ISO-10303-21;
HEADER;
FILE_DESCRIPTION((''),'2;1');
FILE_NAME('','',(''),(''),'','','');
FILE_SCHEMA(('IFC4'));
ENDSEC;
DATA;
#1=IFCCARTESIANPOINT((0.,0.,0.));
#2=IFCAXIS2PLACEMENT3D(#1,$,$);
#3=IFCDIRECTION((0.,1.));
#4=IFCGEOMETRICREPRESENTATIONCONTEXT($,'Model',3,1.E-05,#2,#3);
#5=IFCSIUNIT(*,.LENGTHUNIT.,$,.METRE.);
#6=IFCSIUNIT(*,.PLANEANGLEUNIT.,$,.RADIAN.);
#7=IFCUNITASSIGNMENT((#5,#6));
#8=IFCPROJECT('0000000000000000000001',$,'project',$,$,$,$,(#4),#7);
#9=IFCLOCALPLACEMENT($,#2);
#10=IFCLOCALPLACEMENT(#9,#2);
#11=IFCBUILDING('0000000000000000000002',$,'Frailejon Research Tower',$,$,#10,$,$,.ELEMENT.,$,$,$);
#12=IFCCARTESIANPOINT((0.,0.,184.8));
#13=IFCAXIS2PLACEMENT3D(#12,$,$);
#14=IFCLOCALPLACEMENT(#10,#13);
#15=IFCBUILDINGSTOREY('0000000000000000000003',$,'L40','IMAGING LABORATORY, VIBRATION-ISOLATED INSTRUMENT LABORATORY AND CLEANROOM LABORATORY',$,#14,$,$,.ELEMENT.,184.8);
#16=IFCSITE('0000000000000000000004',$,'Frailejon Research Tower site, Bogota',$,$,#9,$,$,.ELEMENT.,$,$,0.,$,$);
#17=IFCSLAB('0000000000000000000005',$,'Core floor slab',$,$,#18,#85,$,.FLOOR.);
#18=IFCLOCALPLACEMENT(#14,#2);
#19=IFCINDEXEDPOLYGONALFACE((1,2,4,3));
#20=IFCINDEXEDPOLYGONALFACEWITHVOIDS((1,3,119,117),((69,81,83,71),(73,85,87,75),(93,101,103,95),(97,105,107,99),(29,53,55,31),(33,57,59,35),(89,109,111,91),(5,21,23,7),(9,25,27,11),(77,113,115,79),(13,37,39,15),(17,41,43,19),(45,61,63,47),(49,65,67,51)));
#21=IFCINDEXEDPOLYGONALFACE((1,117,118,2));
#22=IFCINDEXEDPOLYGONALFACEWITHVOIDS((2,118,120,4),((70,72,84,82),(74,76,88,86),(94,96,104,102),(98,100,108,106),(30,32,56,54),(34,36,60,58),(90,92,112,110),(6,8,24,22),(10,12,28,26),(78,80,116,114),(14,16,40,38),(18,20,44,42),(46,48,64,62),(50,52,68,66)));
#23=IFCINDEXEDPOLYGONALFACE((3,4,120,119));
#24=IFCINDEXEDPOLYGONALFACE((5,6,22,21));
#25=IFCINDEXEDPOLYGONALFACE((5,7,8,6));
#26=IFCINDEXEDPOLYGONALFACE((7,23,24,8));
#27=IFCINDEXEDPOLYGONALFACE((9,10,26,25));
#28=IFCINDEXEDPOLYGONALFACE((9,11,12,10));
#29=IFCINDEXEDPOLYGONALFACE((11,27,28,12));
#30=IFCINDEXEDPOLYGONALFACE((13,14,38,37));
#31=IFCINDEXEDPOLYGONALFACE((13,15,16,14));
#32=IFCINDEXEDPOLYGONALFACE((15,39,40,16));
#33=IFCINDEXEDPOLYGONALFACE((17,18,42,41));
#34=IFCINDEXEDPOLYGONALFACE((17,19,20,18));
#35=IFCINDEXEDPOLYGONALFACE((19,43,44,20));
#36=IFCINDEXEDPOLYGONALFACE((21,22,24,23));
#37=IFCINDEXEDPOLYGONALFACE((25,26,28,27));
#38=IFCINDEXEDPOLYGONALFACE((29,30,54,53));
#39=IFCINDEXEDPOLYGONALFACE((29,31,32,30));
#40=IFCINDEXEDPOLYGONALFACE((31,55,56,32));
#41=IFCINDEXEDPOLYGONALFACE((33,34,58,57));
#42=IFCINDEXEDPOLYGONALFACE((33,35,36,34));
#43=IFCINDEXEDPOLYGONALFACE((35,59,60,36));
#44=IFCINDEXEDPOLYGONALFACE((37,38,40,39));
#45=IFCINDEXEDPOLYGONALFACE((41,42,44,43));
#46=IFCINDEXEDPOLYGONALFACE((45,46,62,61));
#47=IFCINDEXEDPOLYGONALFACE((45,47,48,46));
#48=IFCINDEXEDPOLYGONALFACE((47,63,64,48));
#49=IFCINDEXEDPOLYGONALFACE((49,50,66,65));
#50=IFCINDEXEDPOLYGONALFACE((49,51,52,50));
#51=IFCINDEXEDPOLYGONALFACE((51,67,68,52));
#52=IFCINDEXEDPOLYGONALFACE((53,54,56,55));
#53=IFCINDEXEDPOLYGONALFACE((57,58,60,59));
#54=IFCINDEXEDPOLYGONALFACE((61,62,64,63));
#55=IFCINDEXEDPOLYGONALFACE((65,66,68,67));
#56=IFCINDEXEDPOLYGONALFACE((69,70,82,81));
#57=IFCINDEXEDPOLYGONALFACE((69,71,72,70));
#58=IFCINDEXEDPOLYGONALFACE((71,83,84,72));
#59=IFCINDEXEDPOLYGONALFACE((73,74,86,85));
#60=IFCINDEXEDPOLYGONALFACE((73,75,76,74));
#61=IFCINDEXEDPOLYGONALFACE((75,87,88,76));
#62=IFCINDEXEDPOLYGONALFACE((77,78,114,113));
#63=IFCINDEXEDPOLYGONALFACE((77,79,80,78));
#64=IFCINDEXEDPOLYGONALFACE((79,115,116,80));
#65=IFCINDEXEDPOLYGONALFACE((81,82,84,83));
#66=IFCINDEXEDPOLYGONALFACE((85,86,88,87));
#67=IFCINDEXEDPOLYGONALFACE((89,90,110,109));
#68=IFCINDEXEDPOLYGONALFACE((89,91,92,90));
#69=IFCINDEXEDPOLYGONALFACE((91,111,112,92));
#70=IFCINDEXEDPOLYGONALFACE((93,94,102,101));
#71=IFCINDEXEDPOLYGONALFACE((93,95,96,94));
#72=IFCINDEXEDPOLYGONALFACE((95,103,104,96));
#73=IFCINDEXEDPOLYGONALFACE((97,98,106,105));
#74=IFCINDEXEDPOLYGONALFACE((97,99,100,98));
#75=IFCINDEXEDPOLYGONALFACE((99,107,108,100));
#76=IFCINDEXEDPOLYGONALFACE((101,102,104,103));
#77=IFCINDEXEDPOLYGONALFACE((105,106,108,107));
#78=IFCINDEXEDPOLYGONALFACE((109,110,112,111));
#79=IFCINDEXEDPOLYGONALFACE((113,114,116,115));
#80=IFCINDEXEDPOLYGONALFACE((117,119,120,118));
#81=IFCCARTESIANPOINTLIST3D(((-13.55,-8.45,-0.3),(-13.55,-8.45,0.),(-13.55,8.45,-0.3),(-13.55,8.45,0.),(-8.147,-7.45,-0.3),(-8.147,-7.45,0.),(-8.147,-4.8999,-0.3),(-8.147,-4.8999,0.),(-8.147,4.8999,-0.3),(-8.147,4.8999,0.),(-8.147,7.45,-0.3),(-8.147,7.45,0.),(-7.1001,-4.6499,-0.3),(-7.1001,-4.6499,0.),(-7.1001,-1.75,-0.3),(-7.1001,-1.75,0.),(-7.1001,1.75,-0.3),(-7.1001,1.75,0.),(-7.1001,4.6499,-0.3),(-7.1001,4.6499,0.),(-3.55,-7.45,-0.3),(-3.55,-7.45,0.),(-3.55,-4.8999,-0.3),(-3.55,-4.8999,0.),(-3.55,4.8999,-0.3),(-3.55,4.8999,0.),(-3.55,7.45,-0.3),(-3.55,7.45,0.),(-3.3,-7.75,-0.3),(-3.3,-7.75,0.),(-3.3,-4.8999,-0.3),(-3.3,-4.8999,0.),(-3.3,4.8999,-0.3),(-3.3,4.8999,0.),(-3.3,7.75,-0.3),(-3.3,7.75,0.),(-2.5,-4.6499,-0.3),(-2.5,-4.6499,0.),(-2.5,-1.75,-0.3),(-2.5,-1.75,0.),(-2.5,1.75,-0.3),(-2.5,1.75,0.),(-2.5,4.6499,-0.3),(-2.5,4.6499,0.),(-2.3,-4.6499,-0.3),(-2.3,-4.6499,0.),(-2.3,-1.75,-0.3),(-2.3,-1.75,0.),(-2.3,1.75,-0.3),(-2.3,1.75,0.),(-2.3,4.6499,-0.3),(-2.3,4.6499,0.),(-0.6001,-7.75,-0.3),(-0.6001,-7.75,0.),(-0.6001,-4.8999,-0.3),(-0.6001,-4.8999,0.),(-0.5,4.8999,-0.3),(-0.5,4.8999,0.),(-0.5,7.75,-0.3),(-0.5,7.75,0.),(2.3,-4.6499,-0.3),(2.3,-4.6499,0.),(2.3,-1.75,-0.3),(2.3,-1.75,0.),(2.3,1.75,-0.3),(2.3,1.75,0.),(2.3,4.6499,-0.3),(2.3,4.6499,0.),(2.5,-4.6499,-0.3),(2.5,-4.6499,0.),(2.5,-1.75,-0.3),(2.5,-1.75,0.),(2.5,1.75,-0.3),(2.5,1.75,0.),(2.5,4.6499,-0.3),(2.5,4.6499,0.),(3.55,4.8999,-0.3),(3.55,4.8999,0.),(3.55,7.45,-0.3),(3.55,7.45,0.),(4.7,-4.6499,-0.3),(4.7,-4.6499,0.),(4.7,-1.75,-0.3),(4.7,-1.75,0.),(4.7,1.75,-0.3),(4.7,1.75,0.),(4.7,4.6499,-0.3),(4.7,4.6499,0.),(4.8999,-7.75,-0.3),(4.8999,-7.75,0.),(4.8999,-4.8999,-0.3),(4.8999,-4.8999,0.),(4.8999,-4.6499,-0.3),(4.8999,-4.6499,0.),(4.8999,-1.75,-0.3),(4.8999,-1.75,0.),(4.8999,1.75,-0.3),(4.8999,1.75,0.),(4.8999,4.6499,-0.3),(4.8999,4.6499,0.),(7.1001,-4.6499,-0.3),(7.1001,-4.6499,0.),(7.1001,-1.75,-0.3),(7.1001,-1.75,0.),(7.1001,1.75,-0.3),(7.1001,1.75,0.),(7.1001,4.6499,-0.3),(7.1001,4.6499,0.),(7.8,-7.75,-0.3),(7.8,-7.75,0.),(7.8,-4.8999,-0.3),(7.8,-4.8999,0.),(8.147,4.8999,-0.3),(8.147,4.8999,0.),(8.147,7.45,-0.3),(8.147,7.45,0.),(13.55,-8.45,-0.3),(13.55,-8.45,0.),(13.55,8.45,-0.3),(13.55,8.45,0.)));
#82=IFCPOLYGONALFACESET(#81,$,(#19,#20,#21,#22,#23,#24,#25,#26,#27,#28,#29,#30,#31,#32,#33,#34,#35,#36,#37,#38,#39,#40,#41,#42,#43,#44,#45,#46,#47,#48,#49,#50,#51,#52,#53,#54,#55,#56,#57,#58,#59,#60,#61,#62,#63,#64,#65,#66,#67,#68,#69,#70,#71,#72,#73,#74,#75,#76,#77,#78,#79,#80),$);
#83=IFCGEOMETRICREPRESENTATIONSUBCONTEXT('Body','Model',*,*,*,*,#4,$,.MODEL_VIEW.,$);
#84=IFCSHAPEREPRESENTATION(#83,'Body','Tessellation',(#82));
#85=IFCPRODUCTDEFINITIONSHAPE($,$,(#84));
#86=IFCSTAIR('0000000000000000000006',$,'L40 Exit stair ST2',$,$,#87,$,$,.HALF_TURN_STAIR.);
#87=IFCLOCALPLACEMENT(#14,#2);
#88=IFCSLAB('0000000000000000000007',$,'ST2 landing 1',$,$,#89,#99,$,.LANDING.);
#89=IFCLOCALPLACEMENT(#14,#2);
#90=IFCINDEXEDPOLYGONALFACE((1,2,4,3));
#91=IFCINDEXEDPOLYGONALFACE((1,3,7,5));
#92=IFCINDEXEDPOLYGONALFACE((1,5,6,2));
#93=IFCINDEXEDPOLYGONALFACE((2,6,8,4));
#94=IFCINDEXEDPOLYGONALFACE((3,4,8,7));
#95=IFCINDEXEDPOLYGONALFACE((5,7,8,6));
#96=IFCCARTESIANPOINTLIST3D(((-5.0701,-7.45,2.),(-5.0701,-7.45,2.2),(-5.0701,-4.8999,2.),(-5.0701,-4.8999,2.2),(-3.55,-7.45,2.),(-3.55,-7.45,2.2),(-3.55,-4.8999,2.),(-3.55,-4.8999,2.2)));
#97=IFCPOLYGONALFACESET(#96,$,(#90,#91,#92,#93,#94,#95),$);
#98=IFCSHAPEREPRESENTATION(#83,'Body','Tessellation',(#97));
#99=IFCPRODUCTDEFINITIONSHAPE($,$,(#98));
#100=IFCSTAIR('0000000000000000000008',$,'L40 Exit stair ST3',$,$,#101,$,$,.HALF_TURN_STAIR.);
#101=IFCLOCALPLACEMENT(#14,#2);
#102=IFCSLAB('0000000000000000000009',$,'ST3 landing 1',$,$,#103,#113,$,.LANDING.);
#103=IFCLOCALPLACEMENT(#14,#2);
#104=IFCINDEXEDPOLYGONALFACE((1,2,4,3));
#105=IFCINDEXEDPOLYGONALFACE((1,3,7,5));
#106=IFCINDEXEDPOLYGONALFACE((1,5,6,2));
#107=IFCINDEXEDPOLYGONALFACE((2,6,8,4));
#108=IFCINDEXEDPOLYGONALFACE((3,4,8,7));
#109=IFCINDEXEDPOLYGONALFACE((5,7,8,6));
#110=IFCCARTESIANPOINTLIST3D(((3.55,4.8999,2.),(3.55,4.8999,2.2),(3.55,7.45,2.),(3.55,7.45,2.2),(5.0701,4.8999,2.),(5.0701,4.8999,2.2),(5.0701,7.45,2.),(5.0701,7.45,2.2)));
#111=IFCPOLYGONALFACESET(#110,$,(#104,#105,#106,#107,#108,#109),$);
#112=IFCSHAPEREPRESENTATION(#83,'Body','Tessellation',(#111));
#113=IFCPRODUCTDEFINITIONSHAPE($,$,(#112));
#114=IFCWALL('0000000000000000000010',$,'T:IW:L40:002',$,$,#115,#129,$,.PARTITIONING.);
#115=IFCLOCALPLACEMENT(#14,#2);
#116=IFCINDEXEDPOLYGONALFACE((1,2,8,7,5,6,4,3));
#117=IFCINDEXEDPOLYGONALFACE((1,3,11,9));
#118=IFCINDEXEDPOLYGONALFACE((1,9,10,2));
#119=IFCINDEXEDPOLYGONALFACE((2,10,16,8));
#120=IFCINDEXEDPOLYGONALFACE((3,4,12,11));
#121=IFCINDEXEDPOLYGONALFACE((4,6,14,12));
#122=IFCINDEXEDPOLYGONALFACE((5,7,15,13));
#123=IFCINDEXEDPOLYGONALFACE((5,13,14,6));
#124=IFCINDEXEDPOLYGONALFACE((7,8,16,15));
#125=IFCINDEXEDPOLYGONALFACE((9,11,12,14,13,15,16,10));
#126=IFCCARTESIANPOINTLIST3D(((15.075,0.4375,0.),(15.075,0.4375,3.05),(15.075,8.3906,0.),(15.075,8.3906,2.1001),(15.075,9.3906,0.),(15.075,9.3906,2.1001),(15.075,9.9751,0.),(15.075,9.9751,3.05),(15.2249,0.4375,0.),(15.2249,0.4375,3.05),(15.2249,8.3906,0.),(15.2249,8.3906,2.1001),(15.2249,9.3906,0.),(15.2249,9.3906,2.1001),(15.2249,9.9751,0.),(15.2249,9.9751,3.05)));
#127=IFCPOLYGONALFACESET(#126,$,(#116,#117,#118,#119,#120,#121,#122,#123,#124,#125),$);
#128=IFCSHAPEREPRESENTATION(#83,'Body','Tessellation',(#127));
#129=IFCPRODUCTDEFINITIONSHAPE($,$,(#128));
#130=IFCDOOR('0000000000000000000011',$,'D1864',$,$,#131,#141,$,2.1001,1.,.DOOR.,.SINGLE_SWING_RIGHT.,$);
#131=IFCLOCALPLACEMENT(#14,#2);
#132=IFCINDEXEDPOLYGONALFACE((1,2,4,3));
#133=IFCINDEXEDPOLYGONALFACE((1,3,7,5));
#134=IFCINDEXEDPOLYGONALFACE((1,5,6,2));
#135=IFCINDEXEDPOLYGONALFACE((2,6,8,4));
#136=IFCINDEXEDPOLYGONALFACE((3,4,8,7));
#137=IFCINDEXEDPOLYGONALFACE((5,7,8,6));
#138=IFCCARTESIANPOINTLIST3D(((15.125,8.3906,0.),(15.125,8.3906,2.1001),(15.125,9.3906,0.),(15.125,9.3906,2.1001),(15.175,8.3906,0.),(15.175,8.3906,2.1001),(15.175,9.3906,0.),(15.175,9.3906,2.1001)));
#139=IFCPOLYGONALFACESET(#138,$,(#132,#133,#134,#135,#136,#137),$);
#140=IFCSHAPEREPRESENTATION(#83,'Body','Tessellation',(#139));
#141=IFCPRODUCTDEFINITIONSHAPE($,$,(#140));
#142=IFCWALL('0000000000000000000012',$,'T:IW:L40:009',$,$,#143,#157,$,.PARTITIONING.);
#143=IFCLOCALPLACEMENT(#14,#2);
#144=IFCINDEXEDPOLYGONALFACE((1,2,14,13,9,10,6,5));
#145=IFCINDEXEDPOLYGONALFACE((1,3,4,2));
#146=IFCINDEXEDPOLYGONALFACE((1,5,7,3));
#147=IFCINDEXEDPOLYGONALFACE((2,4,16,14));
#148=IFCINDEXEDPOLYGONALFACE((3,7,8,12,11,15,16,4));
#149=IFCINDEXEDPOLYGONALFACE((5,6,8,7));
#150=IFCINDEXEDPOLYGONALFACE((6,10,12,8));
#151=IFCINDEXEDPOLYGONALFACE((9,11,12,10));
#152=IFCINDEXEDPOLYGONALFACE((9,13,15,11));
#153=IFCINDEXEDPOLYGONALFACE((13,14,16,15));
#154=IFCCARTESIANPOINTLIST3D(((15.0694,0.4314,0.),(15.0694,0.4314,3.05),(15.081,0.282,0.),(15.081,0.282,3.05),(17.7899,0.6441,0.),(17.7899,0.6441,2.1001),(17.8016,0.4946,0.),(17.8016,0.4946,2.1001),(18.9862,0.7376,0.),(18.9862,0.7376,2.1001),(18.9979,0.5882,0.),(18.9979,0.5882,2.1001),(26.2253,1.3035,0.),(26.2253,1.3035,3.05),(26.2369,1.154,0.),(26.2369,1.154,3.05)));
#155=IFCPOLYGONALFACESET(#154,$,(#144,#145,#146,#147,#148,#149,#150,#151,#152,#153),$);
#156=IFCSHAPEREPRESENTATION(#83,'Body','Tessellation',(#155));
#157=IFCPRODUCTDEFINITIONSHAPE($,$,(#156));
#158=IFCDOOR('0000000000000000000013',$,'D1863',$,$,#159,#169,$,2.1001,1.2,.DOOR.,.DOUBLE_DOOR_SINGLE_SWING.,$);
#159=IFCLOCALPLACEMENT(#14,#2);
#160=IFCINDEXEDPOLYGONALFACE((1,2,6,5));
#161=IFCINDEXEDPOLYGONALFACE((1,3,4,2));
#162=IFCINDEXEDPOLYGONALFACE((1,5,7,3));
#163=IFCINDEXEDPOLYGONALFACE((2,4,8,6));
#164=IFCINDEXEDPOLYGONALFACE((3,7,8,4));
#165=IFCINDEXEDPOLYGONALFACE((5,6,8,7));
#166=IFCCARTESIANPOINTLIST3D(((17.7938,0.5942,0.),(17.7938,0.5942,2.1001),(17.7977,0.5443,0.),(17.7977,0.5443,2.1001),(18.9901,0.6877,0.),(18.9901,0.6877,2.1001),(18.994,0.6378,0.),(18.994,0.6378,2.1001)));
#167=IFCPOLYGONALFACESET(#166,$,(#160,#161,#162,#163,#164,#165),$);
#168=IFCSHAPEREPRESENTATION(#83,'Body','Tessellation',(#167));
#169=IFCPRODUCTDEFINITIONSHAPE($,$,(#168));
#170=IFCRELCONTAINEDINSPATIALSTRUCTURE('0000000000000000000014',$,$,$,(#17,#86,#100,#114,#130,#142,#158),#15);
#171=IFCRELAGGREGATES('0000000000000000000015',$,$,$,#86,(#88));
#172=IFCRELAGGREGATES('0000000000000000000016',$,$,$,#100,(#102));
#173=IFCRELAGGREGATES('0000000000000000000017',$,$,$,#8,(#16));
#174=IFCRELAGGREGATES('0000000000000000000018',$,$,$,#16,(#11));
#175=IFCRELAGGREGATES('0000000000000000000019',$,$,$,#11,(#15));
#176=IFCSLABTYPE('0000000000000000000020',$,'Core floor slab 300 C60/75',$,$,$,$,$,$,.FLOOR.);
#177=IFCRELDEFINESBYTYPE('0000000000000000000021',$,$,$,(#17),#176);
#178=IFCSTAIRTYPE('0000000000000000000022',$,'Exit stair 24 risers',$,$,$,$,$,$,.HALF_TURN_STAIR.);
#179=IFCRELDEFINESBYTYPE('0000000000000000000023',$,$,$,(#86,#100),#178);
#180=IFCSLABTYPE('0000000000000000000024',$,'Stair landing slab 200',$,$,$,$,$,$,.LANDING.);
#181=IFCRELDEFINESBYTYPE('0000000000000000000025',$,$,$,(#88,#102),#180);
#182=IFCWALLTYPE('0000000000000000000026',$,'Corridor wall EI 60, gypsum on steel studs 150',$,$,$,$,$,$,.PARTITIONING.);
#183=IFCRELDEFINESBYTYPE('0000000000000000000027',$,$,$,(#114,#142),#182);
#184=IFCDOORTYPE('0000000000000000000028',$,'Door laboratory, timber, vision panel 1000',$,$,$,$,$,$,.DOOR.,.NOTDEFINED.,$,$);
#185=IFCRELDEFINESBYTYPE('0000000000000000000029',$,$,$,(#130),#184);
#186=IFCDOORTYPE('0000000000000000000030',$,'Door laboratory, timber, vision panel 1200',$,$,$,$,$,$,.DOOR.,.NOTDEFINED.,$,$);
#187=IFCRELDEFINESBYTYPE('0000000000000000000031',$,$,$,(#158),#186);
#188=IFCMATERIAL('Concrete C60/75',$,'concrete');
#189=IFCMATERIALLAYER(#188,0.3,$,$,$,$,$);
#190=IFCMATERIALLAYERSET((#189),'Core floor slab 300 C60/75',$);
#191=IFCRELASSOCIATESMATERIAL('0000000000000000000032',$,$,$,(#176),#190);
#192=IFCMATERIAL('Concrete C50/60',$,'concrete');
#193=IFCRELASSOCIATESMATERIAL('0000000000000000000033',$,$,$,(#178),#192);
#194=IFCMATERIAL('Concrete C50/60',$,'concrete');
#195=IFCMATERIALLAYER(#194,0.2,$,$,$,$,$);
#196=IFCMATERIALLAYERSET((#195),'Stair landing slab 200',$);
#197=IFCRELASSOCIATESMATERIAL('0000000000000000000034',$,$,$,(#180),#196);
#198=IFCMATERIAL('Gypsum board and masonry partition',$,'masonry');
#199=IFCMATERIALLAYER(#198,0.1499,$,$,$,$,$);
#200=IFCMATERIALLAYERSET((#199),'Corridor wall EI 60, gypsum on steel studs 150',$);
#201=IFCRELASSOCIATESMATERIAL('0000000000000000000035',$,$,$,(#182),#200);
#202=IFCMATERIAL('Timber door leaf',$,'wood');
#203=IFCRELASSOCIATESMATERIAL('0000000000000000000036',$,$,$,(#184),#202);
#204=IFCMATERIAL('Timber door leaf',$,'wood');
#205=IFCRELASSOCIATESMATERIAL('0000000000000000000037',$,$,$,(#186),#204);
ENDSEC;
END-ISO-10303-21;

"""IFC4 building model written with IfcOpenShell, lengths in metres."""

from ifc_helpers import new_model, si_unit, direction, frame, frame_2d, origin, place, context, subcontext, project, spatial, polyline, rectangle, outline, extrude, material, layer, layer_set, type_object, element, fill, aggregate, save


model = new_model("IFC4")

# Units and contexts
model_context = context("Model", 3, precision=1e-05, world=origin(), true_north=direction((0.0, 1.0)))
body_context = subcontext(model_context, "Body", "Model", "MODEL_VIEW")
ifc_project = project(units=[si_unit("LENGTHUNIT", "METRE"), si_unit("PLANEANGLEUNIT", "RADIAN")], contexts=[model_context])

# Site, building, storey
site_placement = place(None, origin())
site = spatial("IfcSite", under=ifc_project, at=site_placement, Name="Frailejon Research Tower site, Bogota", CompositionType="ELEMENT", RefElevation=0.0)
building_placement = place(site_placement, origin())
building = spatial("IfcBuilding", under=site, at=building_placement, Name="Frailejon Research Tower", CompositionType="ELEMENT")
storey_placement = place(building_placement, frame((0.0, 0.0, 184.8)))
storey = spatial("IfcBuildingStorey", under=building, at=storey_placement, Name="L40", Description="IMAGING LABORATORY, VIBRATION-ISOLATED INSTRUMENT LABORATORY AND CLEANROOM LABORATORY", CompositionType="ELEMENT", Elevation=184.8)

# Slab
ifc_material_1 = material(Name="Concrete C60/75", Category="concrete")
ifc_layer_1 = layer(ifc_material_1, 0.3)
ifc_layer_set_1 = layer_set([ifc_layer_1], Name="Core floor slab 300 C60/75")
slab_type_1 = type_object("IfcSlabType", Name="Core floor slab 300 C60/75", PredefinedType="FLOOR", material=ifc_layer_set_1)
slab_1_placement = place(storey_placement, frame((0.0, 0.0, -0.3)))
element("IfcSlab", 1, at=slab_1_placement, inside=storey, type_object=slab_type_1, Name="Core floor slab", PredefinedType="FLOOR", context=body_context, shape_type="SweptSolid", body=[
    extrude(outline(polyline([(13.55, -8.45), (13.55, 8.45), (-13.55, 8.45), (-13.55, -8.45), (13.55, -8.45)]), holes=[polyline([(-2.5, 1.75), (-2.5, 4.6499), (-7.1001, 4.6499), (-7.1001, 1.75), (-2.5, 1.75)]), polyline([(2.3, 1.75), (2.3, 4.6499), (-2.3, 4.6499), (-2.3, 1.75), (2.3, 1.75)]), polyline([(4.7, 1.75), (4.7, 4.6499), (2.5, 4.6499), (2.5, 1.75), (4.7, 1.75)]), polyline([(7.1001, 1.75), (7.1001, 4.6499), (4.8999, 4.6499), (4.8999, 1.75), (7.1001, 1.75)]), polyline([(-2.5, -4.6499), (-2.5, -1.75), (-7.1001, -1.75), (-7.1001, -4.6499), (-2.5, -4.6499)]), polyline([(2.3, -4.6499), (2.3, -1.75), (-2.3, -1.75), (-2.3, -4.6499), (2.3, -4.6499)]), polyline([(4.7, -4.6499), (4.7, -1.75), (2.5, -1.75), (2.5, -4.6499), (4.7, -4.6499)]), polyline([(7.1001, -4.6499), (7.1001, -1.75), (4.8999, -1.75), (4.8999, -4.6499), (7.1001, -4.6499)]), polyline([(-8.147, 4.8999), (-3.55, 4.8999), (-3.55, 7.45), (-8.147, 7.45), (-8.147, 4.8999)]), polyline([(-8.147, -7.45), (-3.55, -7.45), (-3.55, -4.8999), (-8.147, -4.8999), (-8.147, -7.45)]), polyline([(8.147, 7.45), (3.55, 7.45), (3.55, 4.8999), (8.147, 4.8999), (8.147, 7.45)]), polyline([(-0.6001, -7.75), (-0.6001, -4.8999), (-3.3, -4.8999), (-3.3, -7.75), (-0.6001, -7.75)]), polyline([(7.8, -7.75), (7.8, -4.8999), (4.8999, -4.8999), (4.8999, -7.75), (7.8, -7.75)]), polyline([(-0.5, 4.8999), (-0.5, 7.75), (-3.3, 7.75), (-3.3, 4.8999), (-0.5, 4.8999)])]), origin(), (0.0, 0.0, 1.0), 0.3),
])

# Stairs, slabs
ifc_material_2 = material(Name="Concrete C50/60", Category="concrete")
stair_type = type_object("IfcStairType", Name="Exit stair 24 risers", PredefinedType="HALF_TURN_STAIR", material=ifc_material_2)
stair_1_placement = place(storey_placement, origin())
stair_1 = element("IfcStair", 2, at=stair_1_placement, inside=storey, type_object=stair_type, Name="L40 Exit stair ST2", PredefinedType="HALF_TURN_STAIR")
ifc_material_3 = material(Name="Concrete C50/60", Category="concrete")
ifc_layer_2 = layer(ifc_material_3, 0.2)
ifc_layer_set_2 = layer_set([ifc_layer_2], Name="Stair landing slab 200")
slab_type_2 = type_object("IfcSlabType", Name="Stair landing slab 200", PredefinedType="LANDING", material=ifc_layer_set_2)
slab_2_placement = place(storey_placement, frame((0.0, 0.0, 2.0)))
slab_2 = element("IfcSlab", 3, at=slab_2_placement, type_object=slab_type_2, Name="ST2 landing 1", PredefinedType="LANDING", context=body_context, shape_type="SweptSolid", body=[
    extrude(outline(polyline([(-5.0701, -7.45), (-3.55, -7.45), (-3.55, -4.8999), (-5.0701, -4.8999), (-5.0701, -7.45)])), origin(), (0.0, 0.0, 1.0), 0.2),
])
aggregate(stair_1, [slab_2])
stair_2_placement = place(storey_placement, origin())
stair_2 = element("IfcStair", 4, at=stair_2_placement, inside=storey, type_object=stair_type, Name="L40 Exit stair ST3", PredefinedType="HALF_TURN_STAIR")
slab_3_placement = place(storey_placement, frame((0.0, 0.0, 2.0)))
slab_3 = element("IfcSlab", 5, at=slab_3_placement, type_object=slab_type_2, Name="ST3 landing 1", PredefinedType="LANDING", context=body_context, shape_type="SweptSolid", body=[
    extrude(outline(polyline([(5.0701, 7.45), (3.55, 7.45), (3.55, 4.8999), (5.0701, 4.8999), (5.0701, 7.45)])), origin(), (0.0, 0.0, 1.0), 0.2),
])

# Walls, openings, doors
ifc_material_4 = material(Name="Gypsum board and masonry partition", Category="masonry")
ifc_layer_3 = layer(ifc_material_4, 0.1499)
ifc_layer_set_3 = layer_set([ifc_layer_3], Name="Corridor wall EI 60, gypsum on steel studs 150")
wall_type_1 = type_object("IfcWallType", Name="Corridor wall EI 60, gypsum on steel studs 150", PredefinedType="PARTITIONING", material=ifc_layer_set_3)
wall_1_placement = place(storey_placement, frame((15.1499, 0.4375, 0.0), z_axis=(0.0, 0.0, 1.0), x_axis=(0.0, 1.0, 0.0)))
wall_1 = element("IfcWall", 6, at=wall_1_placement, inside=storey, type_object=wall_type_1, Name="T:IW:L40:002", PredefinedType="PARTITIONING", context=body_context, shape_type="SweptSolid", body=[
    extrude(rectangle(XDim=9.5376, YDim=0.1499, at=frame_2d((4.7688, 0.0))), origin(), (0.0, 0.0, 1.0), 3.05),
])
opening_1_placement = place(wall_1_placement, frame((7.9531, 0.0, 0.0)))
opening_1 = element("IfcOpeningElement", 7, at=opening_1_placement, cuts=wall_1, PredefinedType="OPENING", context=body_context, shape_type="SweptSolid", body=[
    extrude(rectangle(XDim=1.0, YDim=2.1001, at=frame_2d((0.5, 1.05))), frame((0.0, 0.085, 0.0), z_axis=(0.0, -1.0, 0.0), x_axis=(1.0, 0.0, 0.0)), (0.0, 0.0, 1.0), 0.1699),
])
ifc_material_5 = material(Name="Timber door leaf", Category="wood")
door_type_1 = type_object("IfcDoorType", Name="Door laboratory, timber, vision panel 1000", OperationType="NOTDEFINED", PredefinedType="DOOR", material=ifc_material_5)
door_1_placement = place(opening_1_placement, origin())
door_1 = element("IfcDoor", 8, at=door_1_placement, inside=storey, type_object=door_type_1, Name="D1864", OperationType="SINGLE_SWING_RIGHT", OverallHeight=2.1001, OverallWidth=1.0, PredefinedType="DOOR", context=body_context, shape_type="SweptSolid", body=[
    extrude(rectangle(XDim=1.0, YDim=2.1001, at=frame_2d((0.5, 1.05))), frame((0.0, 0.0249, 0.0), z_axis=(0.0, -1.0, 0.0), x_axis=(1.0, 0.0, 0.0)), (0.0, 0.0, 1.0), 0.05),
])
fill(opening_1, door_1)
wall_2_placement = place(storey_placement, frame((15.0752, 0.3567, 0.0), z_axis=(0.0, 0.0, 1.0), x_axis=(0.996959, 0.077933, 0.0)))
wall_2 = element("IfcWall", 9, at=wall_2_placement, inside=storey, type_object=wall_type_1, Name="T:IW:L40:009", PredefinedType="PARTITIONING", context=body_context, shape_type="SweptSolid", body=[
    extrude(rectangle(XDim=11.1899, YDim=0.1499, at=frame_2d((5.595, 0.0))), origin(), (0.0, 0.0, 1.0), 3.05),
])
opening_2_placement = place(wall_2_placement, frame((2.7288, 0.0, 0.0)))
opening_2 = element("IfcOpeningElement", 10, at=opening_2_placement, cuts=wall_2, PredefinedType="OPENING", context=body_context, shape_type="SweptSolid", body=[
    extrude(rectangle(XDim=1.2, YDim=2.1001, at=frame_2d((0.6001, 1.05))), frame((0.0, 0.085, 0.0), z_axis=(0.0, -1.0, 0.0), x_axis=(1.0, 0.0, 0.0)), (0.0, 0.0, 1.0), 0.1699),
])
ifc_material_6 = material(Name="Timber door leaf", Category="wood")
door_type_2 = type_object("IfcDoorType", Name="Door laboratory, timber, vision panel 1200", OperationType="NOTDEFINED", PredefinedType="DOOR", material=ifc_material_6)
door_2_placement = place(opening_2_placement, origin())
door_2 = element("IfcDoor", 11, at=door_2_placement, inside=storey, type_object=door_type_2, Name="D1863", OperationType="DOUBLE_DOOR_SINGLE_SWING", OverallHeight=2.1001, OverallWidth=1.2, PredefinedType="DOOR", context=body_context, shape_type="SweptSolid", body=[
    extrude(rectangle(XDim=1.2, YDim=2.1001, at=frame_2d((0.6001, 1.05))), frame((0.0, 0.0249, 0.0), z_axis=(0.0, -1.0, 0.0), x_axis=(1.0, 0.0, 0.0)), (0.0, 0.0, 1.0), 0.05),
])
fill(opening_2, door_2)

aggregate(stair_2, [slab_3])

save(model, "model.ifc")
